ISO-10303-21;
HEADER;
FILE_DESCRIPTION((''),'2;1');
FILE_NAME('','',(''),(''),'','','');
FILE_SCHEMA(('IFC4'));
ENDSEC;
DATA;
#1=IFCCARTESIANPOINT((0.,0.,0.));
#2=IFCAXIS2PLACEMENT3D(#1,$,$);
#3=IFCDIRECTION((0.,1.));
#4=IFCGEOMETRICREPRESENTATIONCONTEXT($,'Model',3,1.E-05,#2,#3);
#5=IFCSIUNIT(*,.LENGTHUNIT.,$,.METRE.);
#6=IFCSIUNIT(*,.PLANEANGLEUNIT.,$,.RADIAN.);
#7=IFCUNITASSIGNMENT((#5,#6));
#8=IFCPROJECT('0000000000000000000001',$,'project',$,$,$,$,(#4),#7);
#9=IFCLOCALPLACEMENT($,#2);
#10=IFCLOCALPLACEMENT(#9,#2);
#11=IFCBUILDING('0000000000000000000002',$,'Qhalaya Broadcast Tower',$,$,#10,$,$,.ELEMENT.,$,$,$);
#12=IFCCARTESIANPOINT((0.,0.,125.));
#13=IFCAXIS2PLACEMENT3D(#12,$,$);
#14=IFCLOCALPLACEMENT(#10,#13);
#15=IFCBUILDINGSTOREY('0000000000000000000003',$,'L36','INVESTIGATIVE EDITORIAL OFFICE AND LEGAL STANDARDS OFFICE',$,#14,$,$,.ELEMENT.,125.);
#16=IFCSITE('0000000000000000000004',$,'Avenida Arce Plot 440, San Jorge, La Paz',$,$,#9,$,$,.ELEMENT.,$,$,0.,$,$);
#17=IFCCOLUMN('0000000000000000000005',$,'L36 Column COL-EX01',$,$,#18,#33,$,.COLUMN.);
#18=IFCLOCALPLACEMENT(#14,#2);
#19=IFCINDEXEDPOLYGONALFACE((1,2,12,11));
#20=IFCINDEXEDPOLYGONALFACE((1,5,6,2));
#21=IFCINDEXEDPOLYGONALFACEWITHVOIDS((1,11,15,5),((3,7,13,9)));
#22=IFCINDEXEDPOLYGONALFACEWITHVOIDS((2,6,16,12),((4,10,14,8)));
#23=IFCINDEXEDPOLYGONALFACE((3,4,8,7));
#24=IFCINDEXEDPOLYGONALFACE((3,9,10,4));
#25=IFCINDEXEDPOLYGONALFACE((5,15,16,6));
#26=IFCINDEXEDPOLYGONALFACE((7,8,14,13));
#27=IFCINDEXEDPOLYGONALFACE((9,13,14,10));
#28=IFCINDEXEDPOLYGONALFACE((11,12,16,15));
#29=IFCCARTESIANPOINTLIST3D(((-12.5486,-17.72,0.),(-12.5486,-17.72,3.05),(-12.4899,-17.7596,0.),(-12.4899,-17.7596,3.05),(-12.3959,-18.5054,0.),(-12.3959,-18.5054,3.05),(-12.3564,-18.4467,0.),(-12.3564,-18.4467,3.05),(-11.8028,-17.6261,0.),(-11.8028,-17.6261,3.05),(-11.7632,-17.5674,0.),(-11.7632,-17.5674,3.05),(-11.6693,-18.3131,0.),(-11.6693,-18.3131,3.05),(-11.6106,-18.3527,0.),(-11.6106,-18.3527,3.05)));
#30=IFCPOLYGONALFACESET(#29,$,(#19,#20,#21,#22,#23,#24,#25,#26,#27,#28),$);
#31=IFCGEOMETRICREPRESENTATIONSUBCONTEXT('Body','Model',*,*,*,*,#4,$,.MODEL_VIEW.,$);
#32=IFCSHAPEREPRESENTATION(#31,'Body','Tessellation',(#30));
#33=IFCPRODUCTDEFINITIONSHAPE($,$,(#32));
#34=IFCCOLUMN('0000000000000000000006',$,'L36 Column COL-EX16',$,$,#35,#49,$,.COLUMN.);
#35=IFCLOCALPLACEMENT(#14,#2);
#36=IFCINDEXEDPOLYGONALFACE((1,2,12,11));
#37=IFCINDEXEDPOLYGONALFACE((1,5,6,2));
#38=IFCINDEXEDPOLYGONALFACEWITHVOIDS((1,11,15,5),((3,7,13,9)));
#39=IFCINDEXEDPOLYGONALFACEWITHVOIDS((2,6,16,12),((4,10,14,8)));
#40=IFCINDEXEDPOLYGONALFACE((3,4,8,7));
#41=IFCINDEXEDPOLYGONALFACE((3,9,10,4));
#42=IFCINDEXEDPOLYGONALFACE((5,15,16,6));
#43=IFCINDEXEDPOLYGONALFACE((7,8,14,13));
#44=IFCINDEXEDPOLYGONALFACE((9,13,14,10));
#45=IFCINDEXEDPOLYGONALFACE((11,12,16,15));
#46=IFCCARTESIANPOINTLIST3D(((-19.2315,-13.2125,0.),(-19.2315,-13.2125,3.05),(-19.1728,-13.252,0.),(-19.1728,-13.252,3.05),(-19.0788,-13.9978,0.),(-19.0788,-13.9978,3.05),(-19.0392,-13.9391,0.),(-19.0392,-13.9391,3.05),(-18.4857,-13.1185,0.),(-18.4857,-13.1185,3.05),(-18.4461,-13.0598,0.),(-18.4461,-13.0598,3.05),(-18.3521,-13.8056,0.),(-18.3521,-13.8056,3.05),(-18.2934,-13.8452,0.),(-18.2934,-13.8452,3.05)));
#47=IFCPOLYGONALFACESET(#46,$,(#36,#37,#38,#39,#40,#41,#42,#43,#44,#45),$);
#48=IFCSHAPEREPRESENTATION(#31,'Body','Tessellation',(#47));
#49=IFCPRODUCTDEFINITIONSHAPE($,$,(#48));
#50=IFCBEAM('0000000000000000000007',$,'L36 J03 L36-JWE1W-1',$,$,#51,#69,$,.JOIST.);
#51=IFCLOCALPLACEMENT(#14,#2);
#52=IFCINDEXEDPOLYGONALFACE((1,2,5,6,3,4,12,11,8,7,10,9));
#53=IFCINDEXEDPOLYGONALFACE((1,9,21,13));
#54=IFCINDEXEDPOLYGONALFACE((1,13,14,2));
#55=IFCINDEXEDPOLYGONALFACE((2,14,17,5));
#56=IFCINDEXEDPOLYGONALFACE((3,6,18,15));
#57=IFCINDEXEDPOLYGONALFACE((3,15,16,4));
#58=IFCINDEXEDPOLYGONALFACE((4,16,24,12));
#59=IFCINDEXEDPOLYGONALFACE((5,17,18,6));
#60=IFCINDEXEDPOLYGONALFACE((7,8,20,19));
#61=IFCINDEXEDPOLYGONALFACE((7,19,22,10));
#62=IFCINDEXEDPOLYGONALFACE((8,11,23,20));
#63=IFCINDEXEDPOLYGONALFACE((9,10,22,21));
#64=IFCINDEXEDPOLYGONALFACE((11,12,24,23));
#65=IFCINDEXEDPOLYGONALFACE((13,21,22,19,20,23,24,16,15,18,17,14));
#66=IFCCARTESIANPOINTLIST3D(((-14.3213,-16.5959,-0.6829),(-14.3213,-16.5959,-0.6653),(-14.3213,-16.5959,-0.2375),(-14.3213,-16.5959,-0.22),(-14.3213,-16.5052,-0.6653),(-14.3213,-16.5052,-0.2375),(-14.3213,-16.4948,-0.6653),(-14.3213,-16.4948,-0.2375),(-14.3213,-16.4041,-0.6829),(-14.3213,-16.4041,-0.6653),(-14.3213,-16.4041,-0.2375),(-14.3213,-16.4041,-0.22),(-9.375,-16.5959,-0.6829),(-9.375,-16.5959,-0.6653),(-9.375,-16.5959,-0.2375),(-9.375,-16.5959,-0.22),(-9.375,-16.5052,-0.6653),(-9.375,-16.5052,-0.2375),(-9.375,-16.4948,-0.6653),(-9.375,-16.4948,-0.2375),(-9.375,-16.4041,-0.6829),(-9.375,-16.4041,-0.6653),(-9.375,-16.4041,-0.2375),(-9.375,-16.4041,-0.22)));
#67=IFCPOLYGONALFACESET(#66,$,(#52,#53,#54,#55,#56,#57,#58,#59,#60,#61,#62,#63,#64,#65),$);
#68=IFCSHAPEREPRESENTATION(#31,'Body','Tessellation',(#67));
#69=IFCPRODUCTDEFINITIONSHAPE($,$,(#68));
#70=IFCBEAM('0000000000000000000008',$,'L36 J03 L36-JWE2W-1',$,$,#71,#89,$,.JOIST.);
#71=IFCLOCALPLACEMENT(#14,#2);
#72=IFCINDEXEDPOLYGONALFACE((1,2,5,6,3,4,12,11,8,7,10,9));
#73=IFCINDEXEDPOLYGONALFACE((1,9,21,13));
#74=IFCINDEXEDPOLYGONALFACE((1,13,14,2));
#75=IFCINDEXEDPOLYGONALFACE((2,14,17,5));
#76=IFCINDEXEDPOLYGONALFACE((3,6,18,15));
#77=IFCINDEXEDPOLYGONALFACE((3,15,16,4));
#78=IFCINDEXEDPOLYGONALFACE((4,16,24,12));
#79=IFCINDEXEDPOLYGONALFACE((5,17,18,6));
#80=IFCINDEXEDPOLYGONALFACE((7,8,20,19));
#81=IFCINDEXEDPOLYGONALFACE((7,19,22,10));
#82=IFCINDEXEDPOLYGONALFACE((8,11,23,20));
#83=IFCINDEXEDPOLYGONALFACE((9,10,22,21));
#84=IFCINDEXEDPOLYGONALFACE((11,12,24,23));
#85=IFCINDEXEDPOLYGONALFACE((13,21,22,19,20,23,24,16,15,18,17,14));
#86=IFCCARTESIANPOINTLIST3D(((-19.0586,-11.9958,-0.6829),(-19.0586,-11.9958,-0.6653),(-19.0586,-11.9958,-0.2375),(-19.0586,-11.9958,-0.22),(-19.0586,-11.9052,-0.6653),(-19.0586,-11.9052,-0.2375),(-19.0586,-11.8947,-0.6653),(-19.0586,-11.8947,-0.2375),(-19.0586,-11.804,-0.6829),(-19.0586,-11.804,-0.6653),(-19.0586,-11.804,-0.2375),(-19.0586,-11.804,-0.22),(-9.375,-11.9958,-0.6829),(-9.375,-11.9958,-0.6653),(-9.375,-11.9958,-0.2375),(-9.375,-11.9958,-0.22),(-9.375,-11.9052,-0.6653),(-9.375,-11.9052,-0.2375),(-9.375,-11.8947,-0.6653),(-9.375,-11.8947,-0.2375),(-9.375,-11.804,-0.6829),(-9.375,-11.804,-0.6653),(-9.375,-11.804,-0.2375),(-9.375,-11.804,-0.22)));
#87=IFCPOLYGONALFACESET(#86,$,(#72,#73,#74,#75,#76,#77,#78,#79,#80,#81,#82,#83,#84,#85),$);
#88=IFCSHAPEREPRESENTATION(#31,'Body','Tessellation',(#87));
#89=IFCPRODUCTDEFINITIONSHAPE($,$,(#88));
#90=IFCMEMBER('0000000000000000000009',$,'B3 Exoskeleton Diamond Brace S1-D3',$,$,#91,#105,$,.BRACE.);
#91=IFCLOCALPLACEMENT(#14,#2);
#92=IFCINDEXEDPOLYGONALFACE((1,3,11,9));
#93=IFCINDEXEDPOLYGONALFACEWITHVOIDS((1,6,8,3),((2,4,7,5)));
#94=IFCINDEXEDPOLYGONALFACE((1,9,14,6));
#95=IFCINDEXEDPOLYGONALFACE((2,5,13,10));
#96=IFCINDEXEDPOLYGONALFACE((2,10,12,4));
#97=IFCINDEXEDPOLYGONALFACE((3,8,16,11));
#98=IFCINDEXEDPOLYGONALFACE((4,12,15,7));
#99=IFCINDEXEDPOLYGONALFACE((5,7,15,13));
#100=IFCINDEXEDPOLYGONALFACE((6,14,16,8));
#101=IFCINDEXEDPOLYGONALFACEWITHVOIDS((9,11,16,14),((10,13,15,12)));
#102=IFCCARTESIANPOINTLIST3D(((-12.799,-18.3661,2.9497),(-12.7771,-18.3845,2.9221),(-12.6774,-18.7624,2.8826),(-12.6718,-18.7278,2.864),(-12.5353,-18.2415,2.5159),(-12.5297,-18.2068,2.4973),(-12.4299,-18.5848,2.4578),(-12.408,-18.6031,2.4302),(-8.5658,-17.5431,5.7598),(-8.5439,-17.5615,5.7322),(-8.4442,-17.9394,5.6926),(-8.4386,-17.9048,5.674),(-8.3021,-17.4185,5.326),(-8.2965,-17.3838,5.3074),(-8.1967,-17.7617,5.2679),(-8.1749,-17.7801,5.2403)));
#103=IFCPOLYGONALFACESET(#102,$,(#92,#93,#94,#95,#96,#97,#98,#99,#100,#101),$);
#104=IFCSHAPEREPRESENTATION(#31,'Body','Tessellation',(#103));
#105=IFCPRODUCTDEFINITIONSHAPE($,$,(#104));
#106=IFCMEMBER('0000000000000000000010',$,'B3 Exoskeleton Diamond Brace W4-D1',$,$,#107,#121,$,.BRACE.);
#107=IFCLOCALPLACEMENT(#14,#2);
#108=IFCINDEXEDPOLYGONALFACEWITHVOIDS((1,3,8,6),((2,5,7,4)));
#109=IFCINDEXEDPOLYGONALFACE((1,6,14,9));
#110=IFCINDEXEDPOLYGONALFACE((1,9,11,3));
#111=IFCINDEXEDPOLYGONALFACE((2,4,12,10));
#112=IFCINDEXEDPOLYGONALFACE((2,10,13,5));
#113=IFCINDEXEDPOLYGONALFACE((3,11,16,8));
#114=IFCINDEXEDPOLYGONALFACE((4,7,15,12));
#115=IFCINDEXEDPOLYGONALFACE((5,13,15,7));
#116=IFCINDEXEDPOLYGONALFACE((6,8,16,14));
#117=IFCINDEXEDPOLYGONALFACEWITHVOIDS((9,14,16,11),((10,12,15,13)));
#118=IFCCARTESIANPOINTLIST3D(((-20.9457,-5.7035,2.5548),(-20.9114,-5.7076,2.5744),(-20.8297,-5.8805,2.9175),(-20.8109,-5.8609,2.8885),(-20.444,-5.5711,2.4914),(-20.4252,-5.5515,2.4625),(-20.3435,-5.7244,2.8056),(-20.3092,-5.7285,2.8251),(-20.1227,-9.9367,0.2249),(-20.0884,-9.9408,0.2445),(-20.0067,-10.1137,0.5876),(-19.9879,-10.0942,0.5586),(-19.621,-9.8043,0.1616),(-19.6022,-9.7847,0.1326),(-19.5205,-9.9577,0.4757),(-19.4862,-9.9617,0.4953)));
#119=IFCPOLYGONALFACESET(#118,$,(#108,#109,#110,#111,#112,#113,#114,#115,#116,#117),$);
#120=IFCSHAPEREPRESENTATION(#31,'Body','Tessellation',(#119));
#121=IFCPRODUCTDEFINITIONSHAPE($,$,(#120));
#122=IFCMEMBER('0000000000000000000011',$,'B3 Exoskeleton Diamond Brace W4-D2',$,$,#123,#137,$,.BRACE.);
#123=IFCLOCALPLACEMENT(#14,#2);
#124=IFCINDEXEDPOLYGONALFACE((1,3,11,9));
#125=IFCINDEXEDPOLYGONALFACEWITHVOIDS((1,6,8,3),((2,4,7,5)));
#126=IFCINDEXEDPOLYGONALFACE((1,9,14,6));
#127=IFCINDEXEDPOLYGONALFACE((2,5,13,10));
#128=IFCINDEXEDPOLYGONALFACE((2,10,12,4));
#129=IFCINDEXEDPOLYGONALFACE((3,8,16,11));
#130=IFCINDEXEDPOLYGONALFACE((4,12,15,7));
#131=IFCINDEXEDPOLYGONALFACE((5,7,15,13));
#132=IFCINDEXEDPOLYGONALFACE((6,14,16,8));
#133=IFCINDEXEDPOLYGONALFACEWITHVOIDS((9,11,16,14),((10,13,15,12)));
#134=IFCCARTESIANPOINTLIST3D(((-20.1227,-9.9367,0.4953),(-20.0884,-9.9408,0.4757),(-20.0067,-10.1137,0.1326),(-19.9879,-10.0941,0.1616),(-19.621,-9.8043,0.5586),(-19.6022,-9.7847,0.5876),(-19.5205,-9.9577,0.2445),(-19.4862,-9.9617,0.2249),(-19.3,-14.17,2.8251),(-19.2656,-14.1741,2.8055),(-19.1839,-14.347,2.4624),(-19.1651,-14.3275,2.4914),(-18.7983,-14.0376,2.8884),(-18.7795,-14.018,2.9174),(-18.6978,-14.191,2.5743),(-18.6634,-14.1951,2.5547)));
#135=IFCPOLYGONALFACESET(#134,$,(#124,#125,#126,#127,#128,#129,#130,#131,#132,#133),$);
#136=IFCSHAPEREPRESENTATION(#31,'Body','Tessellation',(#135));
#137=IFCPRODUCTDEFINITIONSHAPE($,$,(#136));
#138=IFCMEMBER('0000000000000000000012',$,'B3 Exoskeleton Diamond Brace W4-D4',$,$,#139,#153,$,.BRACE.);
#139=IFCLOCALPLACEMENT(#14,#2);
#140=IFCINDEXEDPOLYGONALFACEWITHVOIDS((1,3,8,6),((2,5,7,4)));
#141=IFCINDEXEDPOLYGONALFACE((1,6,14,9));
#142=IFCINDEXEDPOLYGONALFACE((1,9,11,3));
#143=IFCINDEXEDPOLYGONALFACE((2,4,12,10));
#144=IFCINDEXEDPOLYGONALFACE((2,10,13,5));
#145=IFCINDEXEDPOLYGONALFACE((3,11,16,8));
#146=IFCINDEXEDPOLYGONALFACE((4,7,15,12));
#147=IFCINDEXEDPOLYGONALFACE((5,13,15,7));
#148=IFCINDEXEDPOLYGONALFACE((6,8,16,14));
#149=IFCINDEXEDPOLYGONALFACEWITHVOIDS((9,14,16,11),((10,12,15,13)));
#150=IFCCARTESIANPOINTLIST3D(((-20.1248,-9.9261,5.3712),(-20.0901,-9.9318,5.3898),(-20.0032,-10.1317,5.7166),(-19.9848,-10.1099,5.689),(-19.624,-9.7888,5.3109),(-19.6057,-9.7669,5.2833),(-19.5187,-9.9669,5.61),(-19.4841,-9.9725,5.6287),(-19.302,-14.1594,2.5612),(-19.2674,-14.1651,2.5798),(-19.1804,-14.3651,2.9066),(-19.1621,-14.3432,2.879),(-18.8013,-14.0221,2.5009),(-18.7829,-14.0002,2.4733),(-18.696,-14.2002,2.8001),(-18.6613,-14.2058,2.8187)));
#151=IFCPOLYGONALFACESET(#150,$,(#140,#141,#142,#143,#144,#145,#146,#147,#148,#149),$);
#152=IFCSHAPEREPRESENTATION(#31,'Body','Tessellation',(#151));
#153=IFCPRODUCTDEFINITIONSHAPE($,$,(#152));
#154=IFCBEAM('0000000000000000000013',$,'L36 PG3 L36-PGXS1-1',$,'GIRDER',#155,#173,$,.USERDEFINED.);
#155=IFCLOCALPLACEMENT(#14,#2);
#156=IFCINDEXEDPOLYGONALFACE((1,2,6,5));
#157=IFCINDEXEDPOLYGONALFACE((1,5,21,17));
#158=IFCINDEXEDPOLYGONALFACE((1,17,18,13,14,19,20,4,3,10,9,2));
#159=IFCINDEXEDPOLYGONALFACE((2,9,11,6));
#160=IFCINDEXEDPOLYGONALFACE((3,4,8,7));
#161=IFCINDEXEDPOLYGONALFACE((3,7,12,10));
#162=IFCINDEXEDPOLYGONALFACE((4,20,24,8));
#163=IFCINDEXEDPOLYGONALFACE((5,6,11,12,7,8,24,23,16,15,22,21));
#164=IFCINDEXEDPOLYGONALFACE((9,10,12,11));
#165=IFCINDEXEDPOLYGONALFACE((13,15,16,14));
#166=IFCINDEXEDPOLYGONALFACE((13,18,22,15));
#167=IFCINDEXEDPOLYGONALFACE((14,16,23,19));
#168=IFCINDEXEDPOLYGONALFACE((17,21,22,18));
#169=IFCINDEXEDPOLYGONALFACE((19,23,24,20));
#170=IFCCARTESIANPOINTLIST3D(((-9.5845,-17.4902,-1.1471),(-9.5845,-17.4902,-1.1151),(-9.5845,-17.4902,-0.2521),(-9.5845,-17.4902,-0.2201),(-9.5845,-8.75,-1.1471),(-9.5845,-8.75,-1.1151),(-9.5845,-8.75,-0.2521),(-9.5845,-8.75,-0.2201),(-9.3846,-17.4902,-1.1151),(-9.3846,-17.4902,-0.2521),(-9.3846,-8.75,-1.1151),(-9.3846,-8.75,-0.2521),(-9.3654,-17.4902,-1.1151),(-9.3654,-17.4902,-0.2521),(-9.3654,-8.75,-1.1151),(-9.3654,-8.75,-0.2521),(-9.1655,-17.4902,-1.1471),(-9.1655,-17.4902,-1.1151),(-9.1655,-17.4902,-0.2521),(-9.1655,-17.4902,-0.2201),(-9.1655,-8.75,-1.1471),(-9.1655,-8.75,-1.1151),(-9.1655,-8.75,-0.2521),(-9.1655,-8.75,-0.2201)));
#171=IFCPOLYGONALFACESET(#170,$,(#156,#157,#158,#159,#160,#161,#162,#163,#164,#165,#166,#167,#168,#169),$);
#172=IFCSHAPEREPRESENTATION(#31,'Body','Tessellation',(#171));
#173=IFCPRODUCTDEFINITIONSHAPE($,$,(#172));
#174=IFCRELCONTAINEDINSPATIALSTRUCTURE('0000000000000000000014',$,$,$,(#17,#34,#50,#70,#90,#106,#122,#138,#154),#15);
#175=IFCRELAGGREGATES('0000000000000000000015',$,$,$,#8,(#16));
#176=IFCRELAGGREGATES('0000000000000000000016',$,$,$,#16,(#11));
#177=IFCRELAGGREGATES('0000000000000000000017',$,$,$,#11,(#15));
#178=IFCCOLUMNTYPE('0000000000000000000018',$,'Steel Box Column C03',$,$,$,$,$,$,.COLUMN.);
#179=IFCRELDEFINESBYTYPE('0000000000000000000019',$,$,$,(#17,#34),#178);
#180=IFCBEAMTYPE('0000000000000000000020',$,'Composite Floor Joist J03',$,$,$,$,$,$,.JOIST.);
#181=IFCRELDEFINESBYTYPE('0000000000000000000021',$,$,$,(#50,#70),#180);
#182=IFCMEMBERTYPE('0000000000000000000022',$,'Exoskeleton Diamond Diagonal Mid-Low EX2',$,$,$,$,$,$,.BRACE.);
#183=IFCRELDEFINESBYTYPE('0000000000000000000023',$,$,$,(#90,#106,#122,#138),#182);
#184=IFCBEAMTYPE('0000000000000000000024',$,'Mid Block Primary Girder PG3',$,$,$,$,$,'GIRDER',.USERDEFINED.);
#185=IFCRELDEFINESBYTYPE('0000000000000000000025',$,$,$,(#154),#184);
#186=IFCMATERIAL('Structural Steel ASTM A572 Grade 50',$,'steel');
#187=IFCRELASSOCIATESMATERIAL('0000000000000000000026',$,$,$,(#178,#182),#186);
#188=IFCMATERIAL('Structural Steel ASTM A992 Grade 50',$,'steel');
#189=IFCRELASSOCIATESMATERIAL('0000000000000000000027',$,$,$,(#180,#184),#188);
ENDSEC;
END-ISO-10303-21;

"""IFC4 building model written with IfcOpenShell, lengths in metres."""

from ifc_helpers import new_model, si_unit, direction, frame, origin, origin_2d, place, context, subcontext, project, spatial, hollow_rectangle, i_section, extrude, material, material_profile, profile_set, type_object, element, save


model = new_model("IFC4")

# Units and contexts
model_context = context("Model", 3, precision=1e-05, world=origin(), true_north=direction((0.0, 1.0)))
body_context = subcontext(model_context, "Body", "Model", "MODEL_VIEW")
ifc_project = project(units=[si_unit("LENGTHUNIT", "METRE"), si_unit("PLANEANGLEUNIT", "RADIAN")], contexts=[model_context])

# Site, building, storey
site_placement = place(None, origin())
site = spatial("IfcSite", under=ifc_project, at=site_placement, Name="Avenida Arce Plot 440, San Jorge, La Paz", CompositionType="ELEMENT", RefElevation=0.0)
building_placement = place(site_placement, origin())
building = spatial("IfcBuilding", under=site, at=building_placement, Name="Qhalaya Broadcast Tower", CompositionType="ELEMENT")
storey_placement = place(building_placement, frame((0.0, 0.0, 125.0)))
storey = spatial("IfcBuildingStorey", under=building, at=storey_placement, Name="L36", Description="INVESTIGATIVE EDITORIAL OFFICE AND LEGAL STANDARDS OFFICE", CompositionType="ELEMENT", Elevation=125.0)

# Columns
ifc_material_1 = material(Name="Structural Steel ASTM A572 Grade 50", Category="steel")
ifc_material_profile_1 = material_profile(ifc_material_1, hollow_rectangle(XDim=0.8, YDim=0.8, WallThickness=0.05, at=origin_2d()), Name="BOX 800x800x50")
ifc_profile_set_1 = profile_set([ifc_material_profile_1], Name="Structural Steel ASTM A572 Grade 50")
column_type = type_object("IfcColumnType", Name="Steel Box Column C03", PredefinedType="COLUMN", material=ifc_profile_set_1)
for number, where, z_axis, x_axis, name in (
    (1, (-12.0796, -18.0364, 0.0), (0.0, 0.0, 1.0), (0.981627, 0.190809, 0.0), "L36 Column COL-EX01"),
    (2, (-18.7625, -13.5288, 0.0), (0.0, 0.0, 1.0), (-0.190809, 0.981627, 0.0), "L36 Column COL-EX16"),
):
    element("IfcColumn", number, at=place(storey_placement, frame(where, z_axis=z_axis, x_axis=x_axis)), inside=storey, type_object=column_type, Name=name, PredefinedType="COLUMN", context=body_context, shape_type="SweptSolid", body=[
        extrude(hollow_rectangle(XDim=0.8, YDim=0.8, WallThickness=0.05, at=origin_2d()), origin(), (0.0, 0.0, 1.0), 3.05),
    ])

# Beams
ifc_material_2 = material(Name="Structural Steel ASTM A992 Grade 50", Category="steel")
ifc_material_profile_2 = material_profile(ifc_material_2, i_section(OverallWidth=0.1919, OverallDepth=0.4629, WebThickness=0.0105, FlangeThickness=0.0176, at=origin_2d()), Name="W18X60")
ifc_profile_set_2 = profile_set([ifc_material_profile_2], Name="Structural Steel ASTM A992 Grade 50")
beam_type_1 = type_object("IfcBeamType", Name="Composite Floor Joist J03", PredefinedType="JOIST", material=ifc_profile_set_2)
beam_1_placement = place(storey_placement, frame((-14.3213, -16.5, -0.4514), z_axis=(1.0, 0.0, 0.0), x_axis=(0.0, 1.0, 0.0)))
element("IfcBeam", 3, at=beam_1_placement, inside=storey, type_object=beam_type_1, Name="L36 J03 L36-JWE1W-1", PredefinedType="JOIST", context=body_context, shape_type="SweptSolid", body=[
    extrude(i_section(OverallWidth=0.1919, OverallDepth=0.4629, WebThickness=0.0105, FlangeThickness=0.0176, at=origin_2d()), origin(), (0.0, 0.0, 1.0), 4.9463),
])
beam_2_placement = place(storey_placement, frame((-19.0586, -11.8999, -0.4514), z_axis=(1.0, 0.0, 0.0), x_axis=(0.0, 1.0, 0.0)))
element("IfcBeam", 4, at=beam_2_placement, inside=storey, type_object=beam_type_1, Name="L36 J03 L36-JWE2W-1", PredefinedType="JOIST", context=body_context, shape_type="SweptSolid", body=[
    extrude(i_section(OverallWidth=0.1919, OverallDepth=0.4629, WebThickness=0.0105, FlangeThickness=0.0176, at=origin_2d()), origin(), (0.0, 0.0, 1.0), 9.6836),
])

# Members
ifc_material_profile_3 = material_profile(ifc_material_1, hollow_rectangle(XDim=0.4199, YDim=0.55, WallThickness=0.0281, at=origin_2d()), Name="BOX 420x550x28")
ifc_profile_set_3 = profile_set([ifc_material_profile_3], Name="Structural Steel ASTM A572 Grade 50")
member_type = type_object("IfcMemberType", Name="Exoskeleton Diamond Diagonal Mid-Low EX2", PredefinedType="BRACE", material=ifc_profile_set_3)
member_1_placement = place(storey_placement, frame((-12.6035, -18.4846, 2.6899), z_axis=(0.822424, 0.159893, 0.545943), x_axis=(-0.289594, 0.943705, 0.159864)))
element("IfcMember", 5, at=member_1_placement, inside=storey, type_object=member_type, Name="B3 Exoskeleton Diamond Brace S1-D3", PredefinedType="BRACE", context=body_context, shape_type="SweptSolid", body=[
    extrude(hollow_rectangle(XDim=0.4199, YDim=0.55, WallThickness=0.0281, at=origin_2d()), origin(), (0.0, 0.0, 1.0), 5.1472),
])
for number, where, z_axis, x_axis, name in (
    (6, (-19.8044, -9.9492, 0.3601), (-0.167906, 0.863638, 0.475327), (0.276349, -0.421604, 0.863644), "B3 Exoskeleton Diamond Brace W4-D1"),
    (7, (-19.8044, -9.9492, 0.3601), (0.167851, -0.863658, 0.475311), (-0.276318, 0.421606, 0.863653), "B3 Exoskeleton Diamond Brace W4-D2"),
):
    element("IfcMember", number, at=place(storey_placement, frame(where, z_axis=z_axis, x_axis=x_axis)), inside=storey, type_object=member_type, Name=name, PredefinedType="BRACE", context=body_context, shape_type="SweptSolid", body=[
        extrude(hollow_rectangle(XDim=0.4199, YDim=0.55, WallThickness=0.0281, at=origin_2d()), origin(), (0.0, 0.0, 1.0), 4.9016),
    ])
member_2_placement = place(storey_placement, frame((-18.9817, -14.1826, 2.6899), z_axis=(-0.159841, 0.822445, 0.545925), x_axis=(0.289542, -0.48965, 0.82244)))
element("IfcMember", 8, at=member_2_placement, inside=storey, type_object=member_type, Name="B3 Exoskeleton Diamond Brace W4-D4", PredefinedType="BRACE", context=body_context, shape_type="SweptSolid", body=[
    extrude(hollow_rectangle(XDim=0.4199, YDim=0.55, WallThickness=0.0281, at=origin_2d()), origin(), (0.0, 0.0, 1.0), 5.1472),
])

# Beam
ifc_material_profile_4 = material_profile(ifc_material_2, i_section(OverallWidth=0.4189, OverallDepth=0.927, WebThickness=0.0193, FlangeThickness=0.032, at=origin_2d()), Name="W36X231")
ifc_profile_set_4 = profile_set([ifc_material_profile_4], Name="Structural Steel ASTM A992 Grade 50")
beam_type_2 = type_object("IfcBeamType", Name="Mid Block Primary Girder PG3", ElementType="GIRDER", PredefinedType="USERDEFINED", material=ifc_profile_set_4)
beam_3_placement = place(storey_placement, frame((-9.375, -17.4902, -0.6836), z_axis=(0.0, 1.0, 0.0), x_axis=(-1.0, 0.0, 0.0)))
element("IfcBeam", 9, at=beam_3_placement, inside=storey, type_object=beam_type_2, Name="L36 PG3 L36-PGXS1-1", ObjectType="GIRDER", PredefinedType="USERDEFINED", context=body_context, shape_type="SweptSolid", body=[
    extrude(i_section(OverallWidth=0.4189, OverallDepth=0.927, WebThickness=0.0193, FlangeThickness=0.032, at=origin_2d()), origin(), (0.0, 0.0, 1.0), 8.7402),
])

save(model, "model.ifc")
